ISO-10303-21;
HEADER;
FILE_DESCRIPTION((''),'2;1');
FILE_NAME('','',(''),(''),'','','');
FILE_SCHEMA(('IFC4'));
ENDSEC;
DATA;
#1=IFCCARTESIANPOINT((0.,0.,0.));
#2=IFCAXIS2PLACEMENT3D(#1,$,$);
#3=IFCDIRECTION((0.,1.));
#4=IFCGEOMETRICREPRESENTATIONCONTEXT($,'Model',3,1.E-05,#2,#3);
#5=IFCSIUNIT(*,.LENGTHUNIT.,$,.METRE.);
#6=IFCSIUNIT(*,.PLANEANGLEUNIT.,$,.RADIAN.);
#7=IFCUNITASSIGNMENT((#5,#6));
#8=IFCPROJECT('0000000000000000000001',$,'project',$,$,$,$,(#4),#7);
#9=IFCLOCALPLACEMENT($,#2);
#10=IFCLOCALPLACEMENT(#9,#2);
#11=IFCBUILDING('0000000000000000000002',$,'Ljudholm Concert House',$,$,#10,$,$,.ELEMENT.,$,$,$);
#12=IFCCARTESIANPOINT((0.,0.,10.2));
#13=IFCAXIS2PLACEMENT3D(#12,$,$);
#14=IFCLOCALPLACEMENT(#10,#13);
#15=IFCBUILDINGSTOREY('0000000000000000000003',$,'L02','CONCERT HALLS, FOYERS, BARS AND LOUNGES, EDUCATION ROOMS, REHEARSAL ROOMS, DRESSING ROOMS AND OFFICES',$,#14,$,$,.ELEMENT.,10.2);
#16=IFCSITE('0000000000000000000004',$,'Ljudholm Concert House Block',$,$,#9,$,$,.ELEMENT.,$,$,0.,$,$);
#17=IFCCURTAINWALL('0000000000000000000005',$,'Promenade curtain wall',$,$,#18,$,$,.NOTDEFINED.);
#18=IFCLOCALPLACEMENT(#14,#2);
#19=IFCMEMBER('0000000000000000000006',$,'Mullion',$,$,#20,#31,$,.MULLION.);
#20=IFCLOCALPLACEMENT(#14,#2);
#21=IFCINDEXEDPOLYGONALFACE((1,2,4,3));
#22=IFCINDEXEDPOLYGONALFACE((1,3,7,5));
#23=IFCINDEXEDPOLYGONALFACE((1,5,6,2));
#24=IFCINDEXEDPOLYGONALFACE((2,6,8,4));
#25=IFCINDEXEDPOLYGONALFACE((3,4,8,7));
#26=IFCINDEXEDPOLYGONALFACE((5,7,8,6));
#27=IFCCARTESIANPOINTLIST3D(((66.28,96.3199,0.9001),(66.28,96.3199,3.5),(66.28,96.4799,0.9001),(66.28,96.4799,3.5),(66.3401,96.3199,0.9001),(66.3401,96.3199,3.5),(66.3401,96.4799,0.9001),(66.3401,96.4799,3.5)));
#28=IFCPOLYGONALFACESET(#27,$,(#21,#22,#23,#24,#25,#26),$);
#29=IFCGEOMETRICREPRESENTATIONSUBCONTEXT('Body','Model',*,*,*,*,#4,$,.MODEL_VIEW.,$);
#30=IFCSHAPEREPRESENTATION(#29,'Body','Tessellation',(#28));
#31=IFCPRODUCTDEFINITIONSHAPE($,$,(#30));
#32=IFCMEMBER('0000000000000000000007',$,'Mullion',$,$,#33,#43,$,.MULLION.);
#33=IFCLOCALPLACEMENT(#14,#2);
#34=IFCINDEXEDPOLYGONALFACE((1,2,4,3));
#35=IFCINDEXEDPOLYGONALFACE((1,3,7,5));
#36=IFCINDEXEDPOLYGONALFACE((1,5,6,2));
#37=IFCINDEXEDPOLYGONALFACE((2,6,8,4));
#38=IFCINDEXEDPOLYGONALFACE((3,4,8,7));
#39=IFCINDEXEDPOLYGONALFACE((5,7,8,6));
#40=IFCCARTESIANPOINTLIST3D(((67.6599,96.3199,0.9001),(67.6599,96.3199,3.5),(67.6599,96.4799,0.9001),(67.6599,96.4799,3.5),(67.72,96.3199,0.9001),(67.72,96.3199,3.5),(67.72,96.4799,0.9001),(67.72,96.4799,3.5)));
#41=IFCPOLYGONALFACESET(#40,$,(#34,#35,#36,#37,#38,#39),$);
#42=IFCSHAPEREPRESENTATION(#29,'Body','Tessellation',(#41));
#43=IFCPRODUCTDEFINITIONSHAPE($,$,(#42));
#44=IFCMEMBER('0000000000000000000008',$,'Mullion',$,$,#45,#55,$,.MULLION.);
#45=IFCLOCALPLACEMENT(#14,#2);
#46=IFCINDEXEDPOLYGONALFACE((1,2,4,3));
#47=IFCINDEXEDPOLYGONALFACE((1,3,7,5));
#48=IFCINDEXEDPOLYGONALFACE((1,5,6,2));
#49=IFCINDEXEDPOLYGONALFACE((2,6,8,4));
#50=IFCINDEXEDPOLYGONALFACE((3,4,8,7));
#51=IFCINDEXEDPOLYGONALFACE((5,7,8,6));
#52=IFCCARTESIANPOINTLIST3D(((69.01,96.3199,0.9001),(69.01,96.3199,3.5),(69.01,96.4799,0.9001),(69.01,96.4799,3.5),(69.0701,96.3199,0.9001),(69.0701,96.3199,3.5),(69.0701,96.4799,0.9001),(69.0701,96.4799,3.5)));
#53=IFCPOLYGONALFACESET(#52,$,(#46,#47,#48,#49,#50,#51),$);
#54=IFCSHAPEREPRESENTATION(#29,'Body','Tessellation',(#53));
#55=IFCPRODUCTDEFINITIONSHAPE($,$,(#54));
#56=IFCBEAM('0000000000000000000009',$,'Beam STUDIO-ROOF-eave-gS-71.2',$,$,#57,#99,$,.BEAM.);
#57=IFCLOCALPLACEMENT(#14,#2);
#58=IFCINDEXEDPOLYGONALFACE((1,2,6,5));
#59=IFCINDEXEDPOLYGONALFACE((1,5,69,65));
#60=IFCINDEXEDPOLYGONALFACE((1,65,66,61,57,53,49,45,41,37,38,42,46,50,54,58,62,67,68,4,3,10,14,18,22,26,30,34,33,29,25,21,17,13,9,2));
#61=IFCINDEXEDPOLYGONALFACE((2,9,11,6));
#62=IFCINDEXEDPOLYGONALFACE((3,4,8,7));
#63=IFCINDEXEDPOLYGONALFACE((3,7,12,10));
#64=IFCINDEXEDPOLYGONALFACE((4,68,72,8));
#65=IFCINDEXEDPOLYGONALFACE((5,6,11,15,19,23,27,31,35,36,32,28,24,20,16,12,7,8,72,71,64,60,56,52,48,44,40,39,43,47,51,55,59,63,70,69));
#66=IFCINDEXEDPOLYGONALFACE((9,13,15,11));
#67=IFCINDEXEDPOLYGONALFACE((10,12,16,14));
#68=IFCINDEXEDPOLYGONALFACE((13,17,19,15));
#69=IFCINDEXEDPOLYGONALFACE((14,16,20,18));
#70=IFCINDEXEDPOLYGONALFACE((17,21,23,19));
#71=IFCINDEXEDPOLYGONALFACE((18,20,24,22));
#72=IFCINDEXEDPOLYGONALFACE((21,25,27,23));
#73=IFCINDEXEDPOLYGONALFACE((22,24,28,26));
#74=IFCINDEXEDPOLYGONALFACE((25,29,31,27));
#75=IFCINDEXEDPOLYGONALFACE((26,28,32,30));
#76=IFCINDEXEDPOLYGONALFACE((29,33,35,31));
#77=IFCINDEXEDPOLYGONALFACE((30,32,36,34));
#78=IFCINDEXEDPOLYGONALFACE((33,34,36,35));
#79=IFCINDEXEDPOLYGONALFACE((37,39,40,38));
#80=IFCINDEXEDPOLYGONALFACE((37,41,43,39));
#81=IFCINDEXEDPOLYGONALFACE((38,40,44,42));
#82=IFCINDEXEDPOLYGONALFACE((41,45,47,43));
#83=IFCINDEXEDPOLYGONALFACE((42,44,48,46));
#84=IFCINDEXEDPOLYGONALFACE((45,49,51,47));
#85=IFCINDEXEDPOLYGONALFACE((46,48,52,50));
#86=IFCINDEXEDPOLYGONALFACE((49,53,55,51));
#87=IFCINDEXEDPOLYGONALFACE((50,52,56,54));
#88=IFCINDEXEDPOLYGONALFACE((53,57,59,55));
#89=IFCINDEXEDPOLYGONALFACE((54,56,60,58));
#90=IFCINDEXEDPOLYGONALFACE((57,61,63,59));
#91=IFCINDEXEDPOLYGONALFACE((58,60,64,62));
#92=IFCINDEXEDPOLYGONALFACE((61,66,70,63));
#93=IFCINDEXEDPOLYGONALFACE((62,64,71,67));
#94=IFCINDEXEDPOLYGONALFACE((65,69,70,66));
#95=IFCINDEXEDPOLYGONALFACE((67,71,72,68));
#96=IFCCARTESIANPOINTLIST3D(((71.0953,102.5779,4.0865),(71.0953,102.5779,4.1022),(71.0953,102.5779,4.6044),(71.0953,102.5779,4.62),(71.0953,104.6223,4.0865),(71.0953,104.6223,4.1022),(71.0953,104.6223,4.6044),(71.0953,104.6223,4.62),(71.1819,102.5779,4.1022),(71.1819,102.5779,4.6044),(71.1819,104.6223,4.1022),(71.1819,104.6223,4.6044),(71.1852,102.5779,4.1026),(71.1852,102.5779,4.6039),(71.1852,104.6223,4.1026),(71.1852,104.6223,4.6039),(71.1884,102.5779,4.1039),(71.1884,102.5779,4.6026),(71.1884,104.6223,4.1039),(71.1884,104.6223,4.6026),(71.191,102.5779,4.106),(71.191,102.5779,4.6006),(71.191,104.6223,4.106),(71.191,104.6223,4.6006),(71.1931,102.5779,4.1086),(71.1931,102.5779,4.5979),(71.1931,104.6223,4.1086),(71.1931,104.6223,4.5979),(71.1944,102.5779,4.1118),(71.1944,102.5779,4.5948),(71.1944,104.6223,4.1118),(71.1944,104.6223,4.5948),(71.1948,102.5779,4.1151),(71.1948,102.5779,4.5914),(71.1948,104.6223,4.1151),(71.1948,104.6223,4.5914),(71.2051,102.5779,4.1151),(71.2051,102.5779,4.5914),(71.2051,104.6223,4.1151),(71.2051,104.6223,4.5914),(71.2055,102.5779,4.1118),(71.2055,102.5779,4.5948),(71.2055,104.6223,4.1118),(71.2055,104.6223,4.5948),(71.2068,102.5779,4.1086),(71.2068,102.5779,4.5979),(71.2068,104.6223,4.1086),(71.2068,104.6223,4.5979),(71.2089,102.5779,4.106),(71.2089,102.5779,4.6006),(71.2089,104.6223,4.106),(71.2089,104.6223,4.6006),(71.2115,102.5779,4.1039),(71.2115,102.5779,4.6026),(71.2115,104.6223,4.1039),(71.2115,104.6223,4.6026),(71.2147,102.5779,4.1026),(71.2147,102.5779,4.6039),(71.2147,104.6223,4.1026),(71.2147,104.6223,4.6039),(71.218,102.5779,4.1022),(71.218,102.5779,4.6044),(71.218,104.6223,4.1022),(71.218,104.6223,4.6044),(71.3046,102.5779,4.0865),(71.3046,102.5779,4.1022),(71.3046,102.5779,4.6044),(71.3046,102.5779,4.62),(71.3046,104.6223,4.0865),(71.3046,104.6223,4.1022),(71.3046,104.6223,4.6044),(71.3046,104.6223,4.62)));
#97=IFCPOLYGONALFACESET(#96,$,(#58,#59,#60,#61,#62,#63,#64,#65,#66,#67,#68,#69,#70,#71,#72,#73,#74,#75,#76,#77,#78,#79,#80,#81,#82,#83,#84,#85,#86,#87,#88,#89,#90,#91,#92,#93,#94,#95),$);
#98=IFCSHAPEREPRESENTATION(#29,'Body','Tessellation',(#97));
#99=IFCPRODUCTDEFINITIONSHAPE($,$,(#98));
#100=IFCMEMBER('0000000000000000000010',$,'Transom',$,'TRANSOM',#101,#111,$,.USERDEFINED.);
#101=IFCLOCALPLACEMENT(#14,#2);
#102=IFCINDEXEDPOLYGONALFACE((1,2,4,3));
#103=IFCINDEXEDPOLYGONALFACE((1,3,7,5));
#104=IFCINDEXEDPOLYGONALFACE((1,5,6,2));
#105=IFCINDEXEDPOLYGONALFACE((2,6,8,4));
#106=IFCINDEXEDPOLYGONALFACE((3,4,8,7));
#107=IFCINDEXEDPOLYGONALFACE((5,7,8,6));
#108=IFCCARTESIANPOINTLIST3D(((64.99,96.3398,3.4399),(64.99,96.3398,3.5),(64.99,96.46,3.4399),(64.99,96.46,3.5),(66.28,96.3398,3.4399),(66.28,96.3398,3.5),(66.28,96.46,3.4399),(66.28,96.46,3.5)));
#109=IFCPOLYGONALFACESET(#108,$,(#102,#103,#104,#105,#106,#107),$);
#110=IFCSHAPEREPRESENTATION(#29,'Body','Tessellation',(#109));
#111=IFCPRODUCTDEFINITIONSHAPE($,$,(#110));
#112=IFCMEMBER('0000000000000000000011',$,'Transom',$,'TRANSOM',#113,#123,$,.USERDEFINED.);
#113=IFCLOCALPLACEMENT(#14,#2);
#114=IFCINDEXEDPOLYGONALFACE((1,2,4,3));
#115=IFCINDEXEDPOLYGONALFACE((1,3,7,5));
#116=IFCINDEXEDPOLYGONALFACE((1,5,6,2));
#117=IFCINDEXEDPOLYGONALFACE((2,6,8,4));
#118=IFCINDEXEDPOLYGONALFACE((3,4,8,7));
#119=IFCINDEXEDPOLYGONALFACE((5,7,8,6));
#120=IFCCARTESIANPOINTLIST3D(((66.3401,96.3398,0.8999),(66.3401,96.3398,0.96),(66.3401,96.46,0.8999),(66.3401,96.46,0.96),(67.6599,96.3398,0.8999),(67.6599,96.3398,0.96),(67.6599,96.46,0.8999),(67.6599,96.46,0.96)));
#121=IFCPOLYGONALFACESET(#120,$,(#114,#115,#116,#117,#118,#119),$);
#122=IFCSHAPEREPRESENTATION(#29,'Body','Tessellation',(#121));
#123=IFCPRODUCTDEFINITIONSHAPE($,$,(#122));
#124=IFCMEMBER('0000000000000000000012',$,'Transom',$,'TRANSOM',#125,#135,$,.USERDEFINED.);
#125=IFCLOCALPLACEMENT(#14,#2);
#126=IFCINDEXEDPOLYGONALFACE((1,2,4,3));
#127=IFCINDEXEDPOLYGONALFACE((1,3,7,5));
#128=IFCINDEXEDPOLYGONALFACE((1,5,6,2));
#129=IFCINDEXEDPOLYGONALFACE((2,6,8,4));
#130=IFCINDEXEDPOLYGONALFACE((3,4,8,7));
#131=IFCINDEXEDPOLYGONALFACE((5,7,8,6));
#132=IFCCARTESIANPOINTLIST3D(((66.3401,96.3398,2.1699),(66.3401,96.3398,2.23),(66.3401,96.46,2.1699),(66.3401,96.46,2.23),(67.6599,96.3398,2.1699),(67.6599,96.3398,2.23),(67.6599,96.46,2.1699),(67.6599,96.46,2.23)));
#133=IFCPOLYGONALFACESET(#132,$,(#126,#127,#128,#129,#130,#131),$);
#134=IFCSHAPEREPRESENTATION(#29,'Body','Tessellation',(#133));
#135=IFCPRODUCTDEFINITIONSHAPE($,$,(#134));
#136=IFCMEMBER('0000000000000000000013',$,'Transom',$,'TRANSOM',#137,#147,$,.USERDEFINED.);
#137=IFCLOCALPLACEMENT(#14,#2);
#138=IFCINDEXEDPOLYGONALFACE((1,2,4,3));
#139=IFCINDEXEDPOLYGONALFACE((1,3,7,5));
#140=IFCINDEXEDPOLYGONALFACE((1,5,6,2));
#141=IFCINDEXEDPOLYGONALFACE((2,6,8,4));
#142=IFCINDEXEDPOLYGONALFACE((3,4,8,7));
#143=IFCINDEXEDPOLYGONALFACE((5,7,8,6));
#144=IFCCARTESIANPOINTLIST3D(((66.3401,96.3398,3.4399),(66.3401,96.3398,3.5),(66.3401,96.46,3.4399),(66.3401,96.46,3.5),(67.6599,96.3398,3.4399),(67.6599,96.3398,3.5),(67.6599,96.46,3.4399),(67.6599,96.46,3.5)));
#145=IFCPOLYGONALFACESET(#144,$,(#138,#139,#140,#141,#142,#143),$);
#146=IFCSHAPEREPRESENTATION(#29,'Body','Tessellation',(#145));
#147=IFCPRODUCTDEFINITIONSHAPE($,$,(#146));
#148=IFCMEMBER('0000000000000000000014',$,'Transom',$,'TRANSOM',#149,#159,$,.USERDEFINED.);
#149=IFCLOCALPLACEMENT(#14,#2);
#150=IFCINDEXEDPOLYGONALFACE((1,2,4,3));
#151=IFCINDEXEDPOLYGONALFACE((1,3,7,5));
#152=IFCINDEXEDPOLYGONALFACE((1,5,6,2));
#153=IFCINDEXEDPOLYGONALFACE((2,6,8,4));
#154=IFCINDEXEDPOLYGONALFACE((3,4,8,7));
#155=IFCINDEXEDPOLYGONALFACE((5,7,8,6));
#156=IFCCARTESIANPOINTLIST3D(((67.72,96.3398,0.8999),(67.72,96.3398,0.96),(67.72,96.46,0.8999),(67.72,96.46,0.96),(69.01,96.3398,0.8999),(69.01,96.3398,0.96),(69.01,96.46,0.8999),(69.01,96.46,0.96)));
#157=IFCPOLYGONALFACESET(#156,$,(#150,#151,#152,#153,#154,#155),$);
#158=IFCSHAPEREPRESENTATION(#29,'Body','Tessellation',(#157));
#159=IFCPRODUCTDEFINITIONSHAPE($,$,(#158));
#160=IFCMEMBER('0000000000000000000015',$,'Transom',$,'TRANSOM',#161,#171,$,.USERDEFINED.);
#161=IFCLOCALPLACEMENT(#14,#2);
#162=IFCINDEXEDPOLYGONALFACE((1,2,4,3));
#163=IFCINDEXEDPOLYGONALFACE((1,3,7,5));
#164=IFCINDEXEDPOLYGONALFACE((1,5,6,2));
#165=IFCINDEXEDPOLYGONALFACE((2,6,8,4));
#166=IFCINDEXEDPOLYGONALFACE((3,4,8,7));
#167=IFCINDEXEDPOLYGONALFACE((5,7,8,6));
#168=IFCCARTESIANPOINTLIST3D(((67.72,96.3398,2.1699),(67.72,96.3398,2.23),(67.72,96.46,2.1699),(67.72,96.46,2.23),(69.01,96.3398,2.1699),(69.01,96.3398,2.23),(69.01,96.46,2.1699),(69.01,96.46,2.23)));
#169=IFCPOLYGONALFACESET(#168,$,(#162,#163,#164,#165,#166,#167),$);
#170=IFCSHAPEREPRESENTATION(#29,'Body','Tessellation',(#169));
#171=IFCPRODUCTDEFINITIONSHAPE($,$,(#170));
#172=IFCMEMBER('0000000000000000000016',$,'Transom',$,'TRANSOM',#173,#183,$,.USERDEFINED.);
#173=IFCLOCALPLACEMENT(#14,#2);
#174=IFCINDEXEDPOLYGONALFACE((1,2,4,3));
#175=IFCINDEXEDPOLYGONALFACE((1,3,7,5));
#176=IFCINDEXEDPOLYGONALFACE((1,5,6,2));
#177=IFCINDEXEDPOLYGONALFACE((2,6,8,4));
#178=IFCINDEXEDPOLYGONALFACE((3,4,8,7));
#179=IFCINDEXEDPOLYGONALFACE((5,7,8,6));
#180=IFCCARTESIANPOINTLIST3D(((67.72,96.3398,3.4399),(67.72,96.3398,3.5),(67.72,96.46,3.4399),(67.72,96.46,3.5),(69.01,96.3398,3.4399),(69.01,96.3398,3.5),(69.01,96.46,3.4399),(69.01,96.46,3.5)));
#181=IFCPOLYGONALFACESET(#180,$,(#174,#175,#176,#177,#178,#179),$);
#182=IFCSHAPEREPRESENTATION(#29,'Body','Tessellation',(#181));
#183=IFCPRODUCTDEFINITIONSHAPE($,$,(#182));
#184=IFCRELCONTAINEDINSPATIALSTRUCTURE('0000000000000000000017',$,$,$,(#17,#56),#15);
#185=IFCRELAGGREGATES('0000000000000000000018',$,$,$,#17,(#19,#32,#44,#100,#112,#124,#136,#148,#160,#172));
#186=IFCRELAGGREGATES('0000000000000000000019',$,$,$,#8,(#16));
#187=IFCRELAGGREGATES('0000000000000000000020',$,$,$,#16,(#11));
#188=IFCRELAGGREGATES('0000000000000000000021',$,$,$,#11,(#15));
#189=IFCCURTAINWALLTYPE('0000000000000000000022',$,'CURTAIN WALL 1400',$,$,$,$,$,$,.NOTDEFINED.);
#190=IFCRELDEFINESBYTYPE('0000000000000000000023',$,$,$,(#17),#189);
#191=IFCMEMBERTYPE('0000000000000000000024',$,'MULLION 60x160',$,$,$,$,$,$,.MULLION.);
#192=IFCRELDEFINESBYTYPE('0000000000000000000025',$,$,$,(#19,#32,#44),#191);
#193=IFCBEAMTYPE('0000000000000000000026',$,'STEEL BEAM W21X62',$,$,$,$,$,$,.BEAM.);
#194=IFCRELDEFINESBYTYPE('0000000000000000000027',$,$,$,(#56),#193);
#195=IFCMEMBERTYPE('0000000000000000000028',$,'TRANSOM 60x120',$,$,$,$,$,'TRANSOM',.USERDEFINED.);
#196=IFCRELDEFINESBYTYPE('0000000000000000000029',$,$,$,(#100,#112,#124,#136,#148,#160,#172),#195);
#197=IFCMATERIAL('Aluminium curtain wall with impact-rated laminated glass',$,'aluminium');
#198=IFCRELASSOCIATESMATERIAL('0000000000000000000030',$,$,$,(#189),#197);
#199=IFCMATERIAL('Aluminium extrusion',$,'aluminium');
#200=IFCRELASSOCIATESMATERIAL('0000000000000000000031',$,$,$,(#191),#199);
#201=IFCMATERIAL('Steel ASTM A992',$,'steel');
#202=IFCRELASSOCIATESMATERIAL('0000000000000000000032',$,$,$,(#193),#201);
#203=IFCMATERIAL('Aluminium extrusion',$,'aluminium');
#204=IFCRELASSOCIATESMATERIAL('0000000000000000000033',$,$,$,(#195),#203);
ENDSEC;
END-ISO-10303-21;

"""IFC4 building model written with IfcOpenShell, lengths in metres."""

from ifc_helpers import new_model, si_unit, direction, frame, origin, origin_2d, place, context, subcontext, project, spatial, rectangle, i_section, extrude, material, material_profile, profile_set, type_object, element, aggregate, save


model = new_model("IFC4")

# Units and contexts
model_context = context("Model", 3, precision=1e-05, world=origin(), true_north=direction((0.0, 1.0)))
body_context = subcontext(model_context, "Body", "Model", "MODEL_VIEW")
ifc_project = project(units=[si_unit("LENGTHUNIT", "METRE"), si_unit("PLANEANGLEUNIT", "RADIAN")], contexts=[model_context])

# Site, building, storey
site_placement = place(None, origin())
site = spatial("IfcSite", under=ifc_project, at=site_placement, Name="Ljudholm Concert House Block", CompositionType="ELEMENT", RefElevation=0.0)
building_placement = place(site_placement, origin())
building = spatial("IfcBuilding", under=site, at=building_placement, Name="Ljudholm Concert House", CompositionType="ELEMENT")
storey_placement = place(building_placement, frame((0.0, 0.0, 10.2)))
storey = spatial("IfcBuildingStorey", under=building, at=storey_placement, Name="L02", Description="CONCERT HALLS, FOYERS, BARS AND LOUNGES, EDUCATION ROOMS, REHEARSAL ROOMS, DRESSING ROOMS AND OFFICES", CompositionType="ELEMENT", Elevation=10.2)

# Curtain wall, members
ifc_material_1 = material(Name="Aluminium curtain wall with impact-rated laminated glass", Category="aluminium")
curtain_wall_type = type_object("IfcCurtainWallType", Name="CURTAIN WALL 1400", PredefinedType="NOTDEFINED", material=ifc_material_1)
curtain_wall_placement = place(storey_placement, origin())
curtain_wall = element("IfcCurtainWall", 1, at=curtain_wall_placement, inside=storey, type_object=curtain_wall_type, Name="Promenade curtain wall", PredefinedType="NOTDEFINED")
ifc_material_2 = material(Name="Aluminium extrusion", Category="aluminium")
ifc_material_profile_1 = material_profile(ifc_material_2, rectangle(XDim=0.1599, YDim=0.0601, at=origin_2d()), Name="MULLION 60x160")
ifc_profile_set_1 = profile_set([ifc_material_profile_1], Name="Aluminium extrusion")
member_type_1 = type_object("IfcMemberType", Name="MULLION 60x160", PredefinedType="MULLION", material=ifc_profile_set_1)
member_1_placement = place(storey_placement, frame((66.3101, 96.3999, 0.9001), z_axis=(0.0, 0.0, 1.0), x_axis=(0.0, 1.0, 0.0)))
member_1 = element("IfcMember", 2, at=member_1_placement, type_object=member_type_1, Name="Mullion", PredefinedType="MULLION", context=body_context, shape_type="SweptSolid", body=[
    extrude(rectangle(XDim=0.1599, YDim=0.0601, at=origin_2d()), origin(), (0.0, 0.0, 1.0), 2.5999),
])
member_2_placement = place(storey_placement, frame((67.6899, 96.3999, 0.9001), z_axis=(0.0, 0.0, 1.0), x_axis=(0.0, 1.0, 0.0)))
member_2 = element("IfcMember", 3, at=member_2_placement, type_object=member_type_1, Name="Mullion", PredefinedType="MULLION", context=body_context, shape_type="SweptSolid", body=[
    extrude(rectangle(XDim=0.1599, YDim=0.0601, at=origin_2d()), origin(), (0.0, 0.0, 1.0), 2.5999),
])
member_3_placement = place(storey_placement, frame((69.04, 96.3999, 0.9001), z_axis=(0.0, 0.0, 1.0), x_axis=(0.0, 1.0, 0.0)))
member_3 = element("IfcMember", 4, at=member_3_placement, type_object=member_type_1, Name="Mullion", PredefinedType="MULLION", context=body_context, shape_type="SweptSolid", body=[
    extrude(rectangle(XDim=0.1599, YDim=0.0601, at=origin_2d()), origin(), (0.0, 0.0, 1.0), 2.5999),
])

# Beam
ifc_material_3 = material(Name="Steel ASTM A992", Category="steel")
ifc_material_profile_2 = material_profile(ifc_material_3, i_section(OverallWidth=0.2092, OverallDepth=0.5334, WebThickness=0.0103, FlangeThickness=0.0156, FilletRadius=0.0129, at=origin_2d()), Name="W21X62")
ifc_profile_set_2 = profile_set([ifc_material_profile_2], Name="Steel ASTM A992")
beam_type = type_object("IfcBeamType", Name="STEEL BEAM W21X62", PredefinedType="BEAM", material=ifc_profile_set_2)
beam_placement = place(storey_placement, frame((71.2, 104.6223, 4.3533), z_axis=(0.0, -1.0, 0.0), x_axis=(1.0, 0.0, 0.0)))
element("IfcBeam", 5, at=beam_placement, inside=storey, type_object=beam_type, Name="Beam STUDIO-ROOF-eave-gS-71.2", PredefinedType="BEAM", context=body_context, shape_type="SweptSolid", body=[
    extrude(i_section(OverallWidth=0.2092, OverallDepth=0.5334, WebThickness=0.0103, FlangeThickness=0.0156, FilletRadius=0.0129, at=origin_2d()), origin(), (0.0, 0.0, 1.0), 2.0444),
])

# Members
ifc_material_4 = material(Name="Aluminium extrusion", Category="aluminium")
ifc_material_profile_3 = material_profile(ifc_material_4, rectangle(XDim=0.1201, YDim=0.0601, at=origin_2d()), Name="TRANSOM 60x120")
ifc_profile_set_3 = profile_set([ifc_material_profile_3], Name="Aluminium extrusion")
member_type_2 = type_object("IfcMemberType", Name="TRANSOM 60x120", ElementType="TRANSOM", PredefinedType="USERDEFINED", material=ifc_profile_set_3)
member_4_placement = place(storey_placement, frame((64.99, 96.3999, 3.47), z_axis=(1.0, 0.0, 0.0), x_axis=(0.0, 1.0, 0.0)))
member_4 = element("IfcMember", 6, at=member_4_placement, type_object=member_type_2, Name="Transom", ObjectType="TRANSOM", PredefinedType="USERDEFINED", context=body_context, shape_type="SweptSolid", body=[
    extrude(rectangle(XDim=0.1201, YDim=0.0601, at=origin_2d()), origin(), (0.0, 0.0, 1.0), 1.29),
])
member_5_placement = place(storey_placement, frame((66.3401, 96.3999, 0.9299), z_axis=(1.0, 0.0, 0.0), x_axis=(0.0, 1.0, 0.0)))
member_5 = element("IfcMember", 7, at=member_5_placement, type_object=member_type_2, Name="Transom", ObjectType="TRANSOM", PredefinedType="USERDEFINED", context=body_context, shape_type="SweptSolid", body=[
    extrude(rectangle(XDim=0.1201, YDim=0.0601, at=origin_2d()), origin(), (0.0, 0.0, 1.0), 1.3198),
])
member_6_placement = place(storey_placement, frame((66.3401, 96.3999, 2.2), z_axis=(1.0, 0.0, 0.0), x_axis=(0.0, 1.0, 0.0)))
member_6 = element("IfcMember", 8, at=member_6_placement, type_object=member_type_2, Name="Transom", ObjectType="TRANSOM", PredefinedType="USERDEFINED", context=body_context, shape_type="SweptSolid", body=[
    extrude(rectangle(XDim=0.1201, YDim=0.0601, at=origin_2d()), origin(), (0.0, 0.0, 1.0), 1.3198),
])
member_7_placement = place(storey_placement, frame((66.3401, 96.3999, 3.47), z_axis=(1.0, 0.0, 0.0), x_axis=(0.0, 1.0, 0.0)))
member_7 = element("IfcMember", 9, at=member_7_placement, type_object=member_type_2, Name="Transom", ObjectType="TRANSOM", PredefinedType="USERDEFINED", context=body_context, shape_type="SweptSolid", body=[
    extrude(rectangle(XDim=0.1201, YDim=0.0601, at=origin_2d()), origin(), (0.0, 0.0, 1.0), 1.3198),
])
member_8_placement = place(storey_placement, frame((67.72, 96.3999, 0.9299), z_axis=(1.0, 0.0, 0.0), x_axis=(0.0, 1.0, 0.0)))
member_8 = element("IfcMember", 10, at=member_8_placement, type_object=member_type_2, Name="Transom", ObjectType="TRANSOM", PredefinedType="USERDEFINED", context=body_context, shape_type="SweptSolid", body=[
    extrude(rectangle(XDim=0.1201, YDim=0.0601, at=origin_2d()), origin(), (0.0, 0.0, 1.0), 1.29),
])
member_9_placement = place(storey_placement, frame((67.72, 96.3999, 2.2), z_axis=(1.0, 0.0, 0.0), x_axis=(0.0, 1.0, 0.0)))
member_9 = element("IfcMember", 11, at=member_9_placement, type_object=member_type_2, Name="Transom", ObjectType="TRANSOM", PredefinedType="USERDEFINED", context=body_context, shape_type="SweptSolid", body=[
    extrude(rectangle(XDim=0.1201, YDim=0.0601, at=origin_2d()), origin(), (0.0, 0.0, 1.0), 1.29),
])
member_10_placement = place(storey_placement, frame((67.72, 96.3999, 3.47), z_axis=(1.0, 0.0, 0.0), x_axis=(0.0, 1.0, 0.0)))
member_10 = element("IfcMember", 12, at=member_10_placement, type_object=member_type_2, Name="Transom", ObjectType="TRANSOM", PredefinedType="USERDEFINED", context=body_context, shape_type="SweptSolid", body=[
    extrude(rectangle(XDim=0.1201, YDim=0.0601, at=origin_2d()), origin(), (0.0, 0.0, 1.0), 1.29),
])

aggregate(curtain_wall, [member_1, member_2, member_3, member_4, member_5, member_6, member_7, member_8, member_9, member_10])

save(model, "model.ifc")
